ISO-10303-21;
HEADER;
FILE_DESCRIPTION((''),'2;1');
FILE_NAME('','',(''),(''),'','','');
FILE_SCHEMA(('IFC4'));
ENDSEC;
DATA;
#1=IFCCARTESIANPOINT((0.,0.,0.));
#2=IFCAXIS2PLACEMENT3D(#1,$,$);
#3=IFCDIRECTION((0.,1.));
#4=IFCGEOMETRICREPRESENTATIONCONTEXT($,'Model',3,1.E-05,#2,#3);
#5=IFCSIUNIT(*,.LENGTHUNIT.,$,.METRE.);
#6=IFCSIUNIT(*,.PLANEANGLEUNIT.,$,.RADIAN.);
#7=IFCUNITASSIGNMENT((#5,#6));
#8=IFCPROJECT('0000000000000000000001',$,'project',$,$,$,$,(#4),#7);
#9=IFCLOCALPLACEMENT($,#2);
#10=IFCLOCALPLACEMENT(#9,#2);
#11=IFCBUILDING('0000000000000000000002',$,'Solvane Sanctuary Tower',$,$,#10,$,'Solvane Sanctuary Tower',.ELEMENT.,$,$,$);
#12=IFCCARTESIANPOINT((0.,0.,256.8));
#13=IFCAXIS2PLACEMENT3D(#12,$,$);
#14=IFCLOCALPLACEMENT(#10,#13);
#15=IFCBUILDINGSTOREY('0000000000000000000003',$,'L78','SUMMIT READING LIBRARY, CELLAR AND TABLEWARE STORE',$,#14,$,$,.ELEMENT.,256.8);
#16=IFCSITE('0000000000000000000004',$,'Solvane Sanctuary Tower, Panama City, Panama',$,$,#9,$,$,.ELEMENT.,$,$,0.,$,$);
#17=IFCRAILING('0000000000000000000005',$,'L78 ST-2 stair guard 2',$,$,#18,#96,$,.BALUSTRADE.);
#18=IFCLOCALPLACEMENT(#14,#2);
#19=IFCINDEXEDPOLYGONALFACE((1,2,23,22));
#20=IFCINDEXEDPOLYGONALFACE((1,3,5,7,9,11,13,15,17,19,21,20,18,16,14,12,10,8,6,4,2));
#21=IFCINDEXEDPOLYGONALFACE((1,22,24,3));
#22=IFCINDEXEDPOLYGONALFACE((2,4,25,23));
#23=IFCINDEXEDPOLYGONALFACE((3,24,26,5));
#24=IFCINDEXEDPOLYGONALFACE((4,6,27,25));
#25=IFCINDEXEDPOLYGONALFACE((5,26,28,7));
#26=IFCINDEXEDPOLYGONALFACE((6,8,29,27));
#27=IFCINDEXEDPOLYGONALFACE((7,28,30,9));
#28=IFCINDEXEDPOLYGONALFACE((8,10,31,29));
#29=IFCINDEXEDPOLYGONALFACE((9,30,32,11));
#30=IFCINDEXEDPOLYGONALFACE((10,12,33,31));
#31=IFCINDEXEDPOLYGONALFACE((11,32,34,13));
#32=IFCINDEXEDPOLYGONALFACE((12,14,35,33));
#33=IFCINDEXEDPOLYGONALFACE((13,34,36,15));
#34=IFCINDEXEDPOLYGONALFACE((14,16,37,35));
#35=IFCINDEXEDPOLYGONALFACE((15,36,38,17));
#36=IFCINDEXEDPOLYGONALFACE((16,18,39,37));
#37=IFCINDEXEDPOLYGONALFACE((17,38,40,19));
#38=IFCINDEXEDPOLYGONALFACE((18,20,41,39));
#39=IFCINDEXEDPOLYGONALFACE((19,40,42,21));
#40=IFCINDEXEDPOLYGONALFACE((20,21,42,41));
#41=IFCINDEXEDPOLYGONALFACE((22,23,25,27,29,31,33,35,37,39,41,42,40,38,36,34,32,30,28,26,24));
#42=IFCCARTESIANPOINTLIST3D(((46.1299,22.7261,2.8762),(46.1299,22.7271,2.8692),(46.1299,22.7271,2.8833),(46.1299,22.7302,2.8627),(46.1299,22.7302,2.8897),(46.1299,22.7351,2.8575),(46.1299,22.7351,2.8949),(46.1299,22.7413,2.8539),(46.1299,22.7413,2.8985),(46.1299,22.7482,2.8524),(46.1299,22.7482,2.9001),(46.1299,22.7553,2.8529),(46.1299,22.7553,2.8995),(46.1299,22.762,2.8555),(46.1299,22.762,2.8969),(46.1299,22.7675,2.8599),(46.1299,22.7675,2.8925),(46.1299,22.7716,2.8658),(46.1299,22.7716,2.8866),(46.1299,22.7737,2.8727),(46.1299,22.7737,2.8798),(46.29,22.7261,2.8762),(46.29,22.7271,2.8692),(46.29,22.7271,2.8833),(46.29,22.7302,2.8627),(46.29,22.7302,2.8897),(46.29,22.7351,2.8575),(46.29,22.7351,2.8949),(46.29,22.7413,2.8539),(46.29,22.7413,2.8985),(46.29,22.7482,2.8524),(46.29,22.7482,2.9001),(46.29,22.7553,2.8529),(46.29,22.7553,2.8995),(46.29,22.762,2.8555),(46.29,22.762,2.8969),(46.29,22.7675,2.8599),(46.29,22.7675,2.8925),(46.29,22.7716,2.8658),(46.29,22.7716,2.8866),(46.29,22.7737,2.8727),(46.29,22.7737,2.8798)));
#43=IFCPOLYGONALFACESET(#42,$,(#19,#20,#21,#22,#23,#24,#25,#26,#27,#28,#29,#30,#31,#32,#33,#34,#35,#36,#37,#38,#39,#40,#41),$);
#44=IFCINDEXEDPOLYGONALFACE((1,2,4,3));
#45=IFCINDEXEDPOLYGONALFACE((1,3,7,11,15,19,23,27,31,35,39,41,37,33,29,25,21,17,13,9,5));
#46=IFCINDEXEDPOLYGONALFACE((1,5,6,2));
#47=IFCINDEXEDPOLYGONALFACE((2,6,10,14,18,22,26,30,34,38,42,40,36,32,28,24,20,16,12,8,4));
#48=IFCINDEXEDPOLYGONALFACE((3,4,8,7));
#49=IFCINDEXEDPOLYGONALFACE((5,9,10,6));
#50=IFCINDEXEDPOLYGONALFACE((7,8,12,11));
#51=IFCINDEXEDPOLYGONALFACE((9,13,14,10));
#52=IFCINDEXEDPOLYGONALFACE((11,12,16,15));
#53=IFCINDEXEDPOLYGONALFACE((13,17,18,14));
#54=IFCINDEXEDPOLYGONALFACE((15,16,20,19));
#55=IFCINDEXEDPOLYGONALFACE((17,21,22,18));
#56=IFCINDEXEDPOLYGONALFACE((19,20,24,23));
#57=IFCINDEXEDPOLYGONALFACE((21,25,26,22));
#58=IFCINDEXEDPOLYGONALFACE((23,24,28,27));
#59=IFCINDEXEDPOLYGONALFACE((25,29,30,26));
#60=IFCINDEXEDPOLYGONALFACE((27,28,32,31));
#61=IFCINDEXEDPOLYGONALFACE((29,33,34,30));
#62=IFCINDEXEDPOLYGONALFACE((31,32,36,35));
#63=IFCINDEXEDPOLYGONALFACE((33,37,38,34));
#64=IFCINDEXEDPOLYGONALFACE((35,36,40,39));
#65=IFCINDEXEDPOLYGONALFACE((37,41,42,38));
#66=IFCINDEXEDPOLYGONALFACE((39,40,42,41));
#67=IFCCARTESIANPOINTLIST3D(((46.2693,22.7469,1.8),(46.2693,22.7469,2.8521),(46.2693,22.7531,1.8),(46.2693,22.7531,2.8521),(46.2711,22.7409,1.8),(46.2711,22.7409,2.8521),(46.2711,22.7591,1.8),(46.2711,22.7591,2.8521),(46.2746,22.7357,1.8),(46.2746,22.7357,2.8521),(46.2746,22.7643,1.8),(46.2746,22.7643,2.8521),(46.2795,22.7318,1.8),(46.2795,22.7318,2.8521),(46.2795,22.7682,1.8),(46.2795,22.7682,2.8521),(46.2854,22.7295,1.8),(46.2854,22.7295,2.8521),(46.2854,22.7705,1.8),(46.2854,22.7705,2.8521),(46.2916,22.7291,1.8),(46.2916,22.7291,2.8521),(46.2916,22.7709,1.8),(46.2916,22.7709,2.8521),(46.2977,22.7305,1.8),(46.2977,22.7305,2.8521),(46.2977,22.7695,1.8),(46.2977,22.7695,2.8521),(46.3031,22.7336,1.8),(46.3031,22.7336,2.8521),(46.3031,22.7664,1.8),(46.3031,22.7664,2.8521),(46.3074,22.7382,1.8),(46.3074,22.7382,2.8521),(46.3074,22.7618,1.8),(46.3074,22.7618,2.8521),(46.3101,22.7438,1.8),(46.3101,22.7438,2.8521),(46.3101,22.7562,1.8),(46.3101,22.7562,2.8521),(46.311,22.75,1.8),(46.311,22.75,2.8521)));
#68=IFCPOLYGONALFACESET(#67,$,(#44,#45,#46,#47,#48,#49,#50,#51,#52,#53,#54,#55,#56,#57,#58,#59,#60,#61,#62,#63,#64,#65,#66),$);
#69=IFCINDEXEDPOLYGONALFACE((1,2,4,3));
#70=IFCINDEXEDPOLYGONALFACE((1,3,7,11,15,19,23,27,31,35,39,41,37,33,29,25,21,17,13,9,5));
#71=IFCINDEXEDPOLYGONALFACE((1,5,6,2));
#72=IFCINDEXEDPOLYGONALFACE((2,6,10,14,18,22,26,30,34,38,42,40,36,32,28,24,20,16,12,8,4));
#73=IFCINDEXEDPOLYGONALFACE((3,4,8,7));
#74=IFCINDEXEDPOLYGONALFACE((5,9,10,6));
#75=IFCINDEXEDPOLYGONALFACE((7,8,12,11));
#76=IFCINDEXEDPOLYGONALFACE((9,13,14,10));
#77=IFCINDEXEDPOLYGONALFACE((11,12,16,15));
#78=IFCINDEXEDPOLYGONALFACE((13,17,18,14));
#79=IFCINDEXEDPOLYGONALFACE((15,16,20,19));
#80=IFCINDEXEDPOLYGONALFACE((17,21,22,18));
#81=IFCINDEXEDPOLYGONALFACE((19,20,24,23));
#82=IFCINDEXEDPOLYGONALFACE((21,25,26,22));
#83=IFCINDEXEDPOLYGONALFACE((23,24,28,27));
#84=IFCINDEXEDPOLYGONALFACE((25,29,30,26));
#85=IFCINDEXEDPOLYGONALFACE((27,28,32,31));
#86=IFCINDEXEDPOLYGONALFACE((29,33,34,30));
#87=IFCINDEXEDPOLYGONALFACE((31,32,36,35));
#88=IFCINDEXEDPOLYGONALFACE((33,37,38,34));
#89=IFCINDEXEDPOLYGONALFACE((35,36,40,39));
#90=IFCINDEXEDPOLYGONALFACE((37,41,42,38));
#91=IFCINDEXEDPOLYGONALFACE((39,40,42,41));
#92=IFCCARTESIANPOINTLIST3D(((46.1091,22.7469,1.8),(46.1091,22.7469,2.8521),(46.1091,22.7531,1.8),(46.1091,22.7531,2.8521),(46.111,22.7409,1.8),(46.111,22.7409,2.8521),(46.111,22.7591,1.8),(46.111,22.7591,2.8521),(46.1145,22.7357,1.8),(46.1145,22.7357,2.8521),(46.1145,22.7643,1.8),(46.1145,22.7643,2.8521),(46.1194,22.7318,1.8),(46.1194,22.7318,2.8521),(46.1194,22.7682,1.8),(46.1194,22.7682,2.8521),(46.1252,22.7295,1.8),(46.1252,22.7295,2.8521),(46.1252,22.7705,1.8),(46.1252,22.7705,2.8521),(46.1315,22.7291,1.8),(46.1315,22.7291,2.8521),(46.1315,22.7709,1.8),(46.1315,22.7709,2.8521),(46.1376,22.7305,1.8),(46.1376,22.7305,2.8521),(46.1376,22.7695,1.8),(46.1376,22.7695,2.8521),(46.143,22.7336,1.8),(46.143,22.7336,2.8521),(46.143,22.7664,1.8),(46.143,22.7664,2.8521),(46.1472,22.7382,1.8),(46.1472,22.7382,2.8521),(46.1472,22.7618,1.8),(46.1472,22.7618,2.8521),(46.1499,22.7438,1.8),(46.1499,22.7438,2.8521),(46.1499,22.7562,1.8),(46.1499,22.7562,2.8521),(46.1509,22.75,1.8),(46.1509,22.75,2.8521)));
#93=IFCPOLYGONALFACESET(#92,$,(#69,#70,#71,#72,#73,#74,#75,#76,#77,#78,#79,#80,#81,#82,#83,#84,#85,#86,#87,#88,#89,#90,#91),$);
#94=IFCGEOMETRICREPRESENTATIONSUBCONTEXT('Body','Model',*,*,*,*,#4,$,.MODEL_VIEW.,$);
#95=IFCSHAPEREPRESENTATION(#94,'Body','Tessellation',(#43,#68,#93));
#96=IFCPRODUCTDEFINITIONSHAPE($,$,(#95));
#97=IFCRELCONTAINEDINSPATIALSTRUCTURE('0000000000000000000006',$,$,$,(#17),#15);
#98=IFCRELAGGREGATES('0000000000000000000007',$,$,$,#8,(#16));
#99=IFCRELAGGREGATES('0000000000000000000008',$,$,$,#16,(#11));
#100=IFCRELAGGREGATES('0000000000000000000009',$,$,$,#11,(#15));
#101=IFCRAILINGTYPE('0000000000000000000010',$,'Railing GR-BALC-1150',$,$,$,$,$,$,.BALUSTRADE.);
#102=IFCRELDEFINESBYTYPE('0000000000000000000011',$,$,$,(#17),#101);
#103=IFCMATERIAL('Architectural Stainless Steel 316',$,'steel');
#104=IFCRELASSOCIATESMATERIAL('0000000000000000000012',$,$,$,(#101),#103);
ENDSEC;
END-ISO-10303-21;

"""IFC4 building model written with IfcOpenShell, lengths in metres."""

from ifc_helpers import new_model, si_unit, direction, frame, origin, origin_2d, place, context, subcontext, project, spatial, circle, extrude, material, type_object, element, save


model = new_model("IFC4")

# Units and contexts
model_context = context("Model", 3, precision=1e-05, world=origin(), true_north=direction((0.0, 1.0)))
body_context = subcontext(model_context, "Body", "Model", "MODEL_VIEW")
ifc_project = project(units=[si_unit("LENGTHUNIT", "METRE"), si_unit("PLANEANGLEUNIT", "RADIAN")], contexts=[model_context])

# Site, building, storey
site_placement = place(None, origin())
site = spatial("IfcSite", under=ifc_project, at=site_placement, Name="Solvane Sanctuary Tower, Panama City, Panama", CompositionType="ELEMENT", RefElevation=0.0)
building_placement = place(site_placement, origin())
building = spatial("IfcBuilding", under=site, at=building_placement, Name="Solvane Sanctuary Tower", LongName="Solvane Sanctuary Tower", CompositionType="ELEMENT")
storey_placement = place(building_placement, frame((0.0, 0.0, 256.8)))
storey = spatial("IfcBuildingStorey", under=building, at=storey_placement, Name="L78", Description="SUMMIT READING LIBRARY, CELLAR AND TABLEWARE STORE", CompositionType="ELEMENT", Elevation=256.8)

# Shared definitions
ifc_material_1 = material(Name="Architectural Stainless Steel 316", Category="steel")

# Railing
railing_type_1 = type_object("IfcRailingType", Name="Railing GR-BALC-1150", PredefinedType="BALUSTRADE", material=ifc_material_1)
railing_1_placement = place(storey_placement, frame((46.29, 22.75, 1.8)))
element("IfcRailing", 1, at=railing_1_placement, inside=storey, type_object=railing_type_1, Name="L78 ST-2 stair guard 2", PredefinedType="BALUSTRADE", context=body_context, shape_type="SweptSolid", body=[
    extrude(circle(Radius=0.0239, at=origin_2d()), frame((0.0, 0.0, 1.0762), z_axis=(-1.0, 0.0, 0.0), x_axis=(0.0, -1.0, 0.0)), (0.0, 0.0, 1.0), 0.1602),
    extrude(circle(Radius=0.021, at=origin_2d()), origin(), (0.0, 0.0, 1.0), 1.052),
    extrude(circle(Radius=0.021, at=origin_2d()), frame((-0.1602, 0.0, 0.0)), (0.0, 0.0, 1.0), 1.052),
])

save(model, "model.ifc")
